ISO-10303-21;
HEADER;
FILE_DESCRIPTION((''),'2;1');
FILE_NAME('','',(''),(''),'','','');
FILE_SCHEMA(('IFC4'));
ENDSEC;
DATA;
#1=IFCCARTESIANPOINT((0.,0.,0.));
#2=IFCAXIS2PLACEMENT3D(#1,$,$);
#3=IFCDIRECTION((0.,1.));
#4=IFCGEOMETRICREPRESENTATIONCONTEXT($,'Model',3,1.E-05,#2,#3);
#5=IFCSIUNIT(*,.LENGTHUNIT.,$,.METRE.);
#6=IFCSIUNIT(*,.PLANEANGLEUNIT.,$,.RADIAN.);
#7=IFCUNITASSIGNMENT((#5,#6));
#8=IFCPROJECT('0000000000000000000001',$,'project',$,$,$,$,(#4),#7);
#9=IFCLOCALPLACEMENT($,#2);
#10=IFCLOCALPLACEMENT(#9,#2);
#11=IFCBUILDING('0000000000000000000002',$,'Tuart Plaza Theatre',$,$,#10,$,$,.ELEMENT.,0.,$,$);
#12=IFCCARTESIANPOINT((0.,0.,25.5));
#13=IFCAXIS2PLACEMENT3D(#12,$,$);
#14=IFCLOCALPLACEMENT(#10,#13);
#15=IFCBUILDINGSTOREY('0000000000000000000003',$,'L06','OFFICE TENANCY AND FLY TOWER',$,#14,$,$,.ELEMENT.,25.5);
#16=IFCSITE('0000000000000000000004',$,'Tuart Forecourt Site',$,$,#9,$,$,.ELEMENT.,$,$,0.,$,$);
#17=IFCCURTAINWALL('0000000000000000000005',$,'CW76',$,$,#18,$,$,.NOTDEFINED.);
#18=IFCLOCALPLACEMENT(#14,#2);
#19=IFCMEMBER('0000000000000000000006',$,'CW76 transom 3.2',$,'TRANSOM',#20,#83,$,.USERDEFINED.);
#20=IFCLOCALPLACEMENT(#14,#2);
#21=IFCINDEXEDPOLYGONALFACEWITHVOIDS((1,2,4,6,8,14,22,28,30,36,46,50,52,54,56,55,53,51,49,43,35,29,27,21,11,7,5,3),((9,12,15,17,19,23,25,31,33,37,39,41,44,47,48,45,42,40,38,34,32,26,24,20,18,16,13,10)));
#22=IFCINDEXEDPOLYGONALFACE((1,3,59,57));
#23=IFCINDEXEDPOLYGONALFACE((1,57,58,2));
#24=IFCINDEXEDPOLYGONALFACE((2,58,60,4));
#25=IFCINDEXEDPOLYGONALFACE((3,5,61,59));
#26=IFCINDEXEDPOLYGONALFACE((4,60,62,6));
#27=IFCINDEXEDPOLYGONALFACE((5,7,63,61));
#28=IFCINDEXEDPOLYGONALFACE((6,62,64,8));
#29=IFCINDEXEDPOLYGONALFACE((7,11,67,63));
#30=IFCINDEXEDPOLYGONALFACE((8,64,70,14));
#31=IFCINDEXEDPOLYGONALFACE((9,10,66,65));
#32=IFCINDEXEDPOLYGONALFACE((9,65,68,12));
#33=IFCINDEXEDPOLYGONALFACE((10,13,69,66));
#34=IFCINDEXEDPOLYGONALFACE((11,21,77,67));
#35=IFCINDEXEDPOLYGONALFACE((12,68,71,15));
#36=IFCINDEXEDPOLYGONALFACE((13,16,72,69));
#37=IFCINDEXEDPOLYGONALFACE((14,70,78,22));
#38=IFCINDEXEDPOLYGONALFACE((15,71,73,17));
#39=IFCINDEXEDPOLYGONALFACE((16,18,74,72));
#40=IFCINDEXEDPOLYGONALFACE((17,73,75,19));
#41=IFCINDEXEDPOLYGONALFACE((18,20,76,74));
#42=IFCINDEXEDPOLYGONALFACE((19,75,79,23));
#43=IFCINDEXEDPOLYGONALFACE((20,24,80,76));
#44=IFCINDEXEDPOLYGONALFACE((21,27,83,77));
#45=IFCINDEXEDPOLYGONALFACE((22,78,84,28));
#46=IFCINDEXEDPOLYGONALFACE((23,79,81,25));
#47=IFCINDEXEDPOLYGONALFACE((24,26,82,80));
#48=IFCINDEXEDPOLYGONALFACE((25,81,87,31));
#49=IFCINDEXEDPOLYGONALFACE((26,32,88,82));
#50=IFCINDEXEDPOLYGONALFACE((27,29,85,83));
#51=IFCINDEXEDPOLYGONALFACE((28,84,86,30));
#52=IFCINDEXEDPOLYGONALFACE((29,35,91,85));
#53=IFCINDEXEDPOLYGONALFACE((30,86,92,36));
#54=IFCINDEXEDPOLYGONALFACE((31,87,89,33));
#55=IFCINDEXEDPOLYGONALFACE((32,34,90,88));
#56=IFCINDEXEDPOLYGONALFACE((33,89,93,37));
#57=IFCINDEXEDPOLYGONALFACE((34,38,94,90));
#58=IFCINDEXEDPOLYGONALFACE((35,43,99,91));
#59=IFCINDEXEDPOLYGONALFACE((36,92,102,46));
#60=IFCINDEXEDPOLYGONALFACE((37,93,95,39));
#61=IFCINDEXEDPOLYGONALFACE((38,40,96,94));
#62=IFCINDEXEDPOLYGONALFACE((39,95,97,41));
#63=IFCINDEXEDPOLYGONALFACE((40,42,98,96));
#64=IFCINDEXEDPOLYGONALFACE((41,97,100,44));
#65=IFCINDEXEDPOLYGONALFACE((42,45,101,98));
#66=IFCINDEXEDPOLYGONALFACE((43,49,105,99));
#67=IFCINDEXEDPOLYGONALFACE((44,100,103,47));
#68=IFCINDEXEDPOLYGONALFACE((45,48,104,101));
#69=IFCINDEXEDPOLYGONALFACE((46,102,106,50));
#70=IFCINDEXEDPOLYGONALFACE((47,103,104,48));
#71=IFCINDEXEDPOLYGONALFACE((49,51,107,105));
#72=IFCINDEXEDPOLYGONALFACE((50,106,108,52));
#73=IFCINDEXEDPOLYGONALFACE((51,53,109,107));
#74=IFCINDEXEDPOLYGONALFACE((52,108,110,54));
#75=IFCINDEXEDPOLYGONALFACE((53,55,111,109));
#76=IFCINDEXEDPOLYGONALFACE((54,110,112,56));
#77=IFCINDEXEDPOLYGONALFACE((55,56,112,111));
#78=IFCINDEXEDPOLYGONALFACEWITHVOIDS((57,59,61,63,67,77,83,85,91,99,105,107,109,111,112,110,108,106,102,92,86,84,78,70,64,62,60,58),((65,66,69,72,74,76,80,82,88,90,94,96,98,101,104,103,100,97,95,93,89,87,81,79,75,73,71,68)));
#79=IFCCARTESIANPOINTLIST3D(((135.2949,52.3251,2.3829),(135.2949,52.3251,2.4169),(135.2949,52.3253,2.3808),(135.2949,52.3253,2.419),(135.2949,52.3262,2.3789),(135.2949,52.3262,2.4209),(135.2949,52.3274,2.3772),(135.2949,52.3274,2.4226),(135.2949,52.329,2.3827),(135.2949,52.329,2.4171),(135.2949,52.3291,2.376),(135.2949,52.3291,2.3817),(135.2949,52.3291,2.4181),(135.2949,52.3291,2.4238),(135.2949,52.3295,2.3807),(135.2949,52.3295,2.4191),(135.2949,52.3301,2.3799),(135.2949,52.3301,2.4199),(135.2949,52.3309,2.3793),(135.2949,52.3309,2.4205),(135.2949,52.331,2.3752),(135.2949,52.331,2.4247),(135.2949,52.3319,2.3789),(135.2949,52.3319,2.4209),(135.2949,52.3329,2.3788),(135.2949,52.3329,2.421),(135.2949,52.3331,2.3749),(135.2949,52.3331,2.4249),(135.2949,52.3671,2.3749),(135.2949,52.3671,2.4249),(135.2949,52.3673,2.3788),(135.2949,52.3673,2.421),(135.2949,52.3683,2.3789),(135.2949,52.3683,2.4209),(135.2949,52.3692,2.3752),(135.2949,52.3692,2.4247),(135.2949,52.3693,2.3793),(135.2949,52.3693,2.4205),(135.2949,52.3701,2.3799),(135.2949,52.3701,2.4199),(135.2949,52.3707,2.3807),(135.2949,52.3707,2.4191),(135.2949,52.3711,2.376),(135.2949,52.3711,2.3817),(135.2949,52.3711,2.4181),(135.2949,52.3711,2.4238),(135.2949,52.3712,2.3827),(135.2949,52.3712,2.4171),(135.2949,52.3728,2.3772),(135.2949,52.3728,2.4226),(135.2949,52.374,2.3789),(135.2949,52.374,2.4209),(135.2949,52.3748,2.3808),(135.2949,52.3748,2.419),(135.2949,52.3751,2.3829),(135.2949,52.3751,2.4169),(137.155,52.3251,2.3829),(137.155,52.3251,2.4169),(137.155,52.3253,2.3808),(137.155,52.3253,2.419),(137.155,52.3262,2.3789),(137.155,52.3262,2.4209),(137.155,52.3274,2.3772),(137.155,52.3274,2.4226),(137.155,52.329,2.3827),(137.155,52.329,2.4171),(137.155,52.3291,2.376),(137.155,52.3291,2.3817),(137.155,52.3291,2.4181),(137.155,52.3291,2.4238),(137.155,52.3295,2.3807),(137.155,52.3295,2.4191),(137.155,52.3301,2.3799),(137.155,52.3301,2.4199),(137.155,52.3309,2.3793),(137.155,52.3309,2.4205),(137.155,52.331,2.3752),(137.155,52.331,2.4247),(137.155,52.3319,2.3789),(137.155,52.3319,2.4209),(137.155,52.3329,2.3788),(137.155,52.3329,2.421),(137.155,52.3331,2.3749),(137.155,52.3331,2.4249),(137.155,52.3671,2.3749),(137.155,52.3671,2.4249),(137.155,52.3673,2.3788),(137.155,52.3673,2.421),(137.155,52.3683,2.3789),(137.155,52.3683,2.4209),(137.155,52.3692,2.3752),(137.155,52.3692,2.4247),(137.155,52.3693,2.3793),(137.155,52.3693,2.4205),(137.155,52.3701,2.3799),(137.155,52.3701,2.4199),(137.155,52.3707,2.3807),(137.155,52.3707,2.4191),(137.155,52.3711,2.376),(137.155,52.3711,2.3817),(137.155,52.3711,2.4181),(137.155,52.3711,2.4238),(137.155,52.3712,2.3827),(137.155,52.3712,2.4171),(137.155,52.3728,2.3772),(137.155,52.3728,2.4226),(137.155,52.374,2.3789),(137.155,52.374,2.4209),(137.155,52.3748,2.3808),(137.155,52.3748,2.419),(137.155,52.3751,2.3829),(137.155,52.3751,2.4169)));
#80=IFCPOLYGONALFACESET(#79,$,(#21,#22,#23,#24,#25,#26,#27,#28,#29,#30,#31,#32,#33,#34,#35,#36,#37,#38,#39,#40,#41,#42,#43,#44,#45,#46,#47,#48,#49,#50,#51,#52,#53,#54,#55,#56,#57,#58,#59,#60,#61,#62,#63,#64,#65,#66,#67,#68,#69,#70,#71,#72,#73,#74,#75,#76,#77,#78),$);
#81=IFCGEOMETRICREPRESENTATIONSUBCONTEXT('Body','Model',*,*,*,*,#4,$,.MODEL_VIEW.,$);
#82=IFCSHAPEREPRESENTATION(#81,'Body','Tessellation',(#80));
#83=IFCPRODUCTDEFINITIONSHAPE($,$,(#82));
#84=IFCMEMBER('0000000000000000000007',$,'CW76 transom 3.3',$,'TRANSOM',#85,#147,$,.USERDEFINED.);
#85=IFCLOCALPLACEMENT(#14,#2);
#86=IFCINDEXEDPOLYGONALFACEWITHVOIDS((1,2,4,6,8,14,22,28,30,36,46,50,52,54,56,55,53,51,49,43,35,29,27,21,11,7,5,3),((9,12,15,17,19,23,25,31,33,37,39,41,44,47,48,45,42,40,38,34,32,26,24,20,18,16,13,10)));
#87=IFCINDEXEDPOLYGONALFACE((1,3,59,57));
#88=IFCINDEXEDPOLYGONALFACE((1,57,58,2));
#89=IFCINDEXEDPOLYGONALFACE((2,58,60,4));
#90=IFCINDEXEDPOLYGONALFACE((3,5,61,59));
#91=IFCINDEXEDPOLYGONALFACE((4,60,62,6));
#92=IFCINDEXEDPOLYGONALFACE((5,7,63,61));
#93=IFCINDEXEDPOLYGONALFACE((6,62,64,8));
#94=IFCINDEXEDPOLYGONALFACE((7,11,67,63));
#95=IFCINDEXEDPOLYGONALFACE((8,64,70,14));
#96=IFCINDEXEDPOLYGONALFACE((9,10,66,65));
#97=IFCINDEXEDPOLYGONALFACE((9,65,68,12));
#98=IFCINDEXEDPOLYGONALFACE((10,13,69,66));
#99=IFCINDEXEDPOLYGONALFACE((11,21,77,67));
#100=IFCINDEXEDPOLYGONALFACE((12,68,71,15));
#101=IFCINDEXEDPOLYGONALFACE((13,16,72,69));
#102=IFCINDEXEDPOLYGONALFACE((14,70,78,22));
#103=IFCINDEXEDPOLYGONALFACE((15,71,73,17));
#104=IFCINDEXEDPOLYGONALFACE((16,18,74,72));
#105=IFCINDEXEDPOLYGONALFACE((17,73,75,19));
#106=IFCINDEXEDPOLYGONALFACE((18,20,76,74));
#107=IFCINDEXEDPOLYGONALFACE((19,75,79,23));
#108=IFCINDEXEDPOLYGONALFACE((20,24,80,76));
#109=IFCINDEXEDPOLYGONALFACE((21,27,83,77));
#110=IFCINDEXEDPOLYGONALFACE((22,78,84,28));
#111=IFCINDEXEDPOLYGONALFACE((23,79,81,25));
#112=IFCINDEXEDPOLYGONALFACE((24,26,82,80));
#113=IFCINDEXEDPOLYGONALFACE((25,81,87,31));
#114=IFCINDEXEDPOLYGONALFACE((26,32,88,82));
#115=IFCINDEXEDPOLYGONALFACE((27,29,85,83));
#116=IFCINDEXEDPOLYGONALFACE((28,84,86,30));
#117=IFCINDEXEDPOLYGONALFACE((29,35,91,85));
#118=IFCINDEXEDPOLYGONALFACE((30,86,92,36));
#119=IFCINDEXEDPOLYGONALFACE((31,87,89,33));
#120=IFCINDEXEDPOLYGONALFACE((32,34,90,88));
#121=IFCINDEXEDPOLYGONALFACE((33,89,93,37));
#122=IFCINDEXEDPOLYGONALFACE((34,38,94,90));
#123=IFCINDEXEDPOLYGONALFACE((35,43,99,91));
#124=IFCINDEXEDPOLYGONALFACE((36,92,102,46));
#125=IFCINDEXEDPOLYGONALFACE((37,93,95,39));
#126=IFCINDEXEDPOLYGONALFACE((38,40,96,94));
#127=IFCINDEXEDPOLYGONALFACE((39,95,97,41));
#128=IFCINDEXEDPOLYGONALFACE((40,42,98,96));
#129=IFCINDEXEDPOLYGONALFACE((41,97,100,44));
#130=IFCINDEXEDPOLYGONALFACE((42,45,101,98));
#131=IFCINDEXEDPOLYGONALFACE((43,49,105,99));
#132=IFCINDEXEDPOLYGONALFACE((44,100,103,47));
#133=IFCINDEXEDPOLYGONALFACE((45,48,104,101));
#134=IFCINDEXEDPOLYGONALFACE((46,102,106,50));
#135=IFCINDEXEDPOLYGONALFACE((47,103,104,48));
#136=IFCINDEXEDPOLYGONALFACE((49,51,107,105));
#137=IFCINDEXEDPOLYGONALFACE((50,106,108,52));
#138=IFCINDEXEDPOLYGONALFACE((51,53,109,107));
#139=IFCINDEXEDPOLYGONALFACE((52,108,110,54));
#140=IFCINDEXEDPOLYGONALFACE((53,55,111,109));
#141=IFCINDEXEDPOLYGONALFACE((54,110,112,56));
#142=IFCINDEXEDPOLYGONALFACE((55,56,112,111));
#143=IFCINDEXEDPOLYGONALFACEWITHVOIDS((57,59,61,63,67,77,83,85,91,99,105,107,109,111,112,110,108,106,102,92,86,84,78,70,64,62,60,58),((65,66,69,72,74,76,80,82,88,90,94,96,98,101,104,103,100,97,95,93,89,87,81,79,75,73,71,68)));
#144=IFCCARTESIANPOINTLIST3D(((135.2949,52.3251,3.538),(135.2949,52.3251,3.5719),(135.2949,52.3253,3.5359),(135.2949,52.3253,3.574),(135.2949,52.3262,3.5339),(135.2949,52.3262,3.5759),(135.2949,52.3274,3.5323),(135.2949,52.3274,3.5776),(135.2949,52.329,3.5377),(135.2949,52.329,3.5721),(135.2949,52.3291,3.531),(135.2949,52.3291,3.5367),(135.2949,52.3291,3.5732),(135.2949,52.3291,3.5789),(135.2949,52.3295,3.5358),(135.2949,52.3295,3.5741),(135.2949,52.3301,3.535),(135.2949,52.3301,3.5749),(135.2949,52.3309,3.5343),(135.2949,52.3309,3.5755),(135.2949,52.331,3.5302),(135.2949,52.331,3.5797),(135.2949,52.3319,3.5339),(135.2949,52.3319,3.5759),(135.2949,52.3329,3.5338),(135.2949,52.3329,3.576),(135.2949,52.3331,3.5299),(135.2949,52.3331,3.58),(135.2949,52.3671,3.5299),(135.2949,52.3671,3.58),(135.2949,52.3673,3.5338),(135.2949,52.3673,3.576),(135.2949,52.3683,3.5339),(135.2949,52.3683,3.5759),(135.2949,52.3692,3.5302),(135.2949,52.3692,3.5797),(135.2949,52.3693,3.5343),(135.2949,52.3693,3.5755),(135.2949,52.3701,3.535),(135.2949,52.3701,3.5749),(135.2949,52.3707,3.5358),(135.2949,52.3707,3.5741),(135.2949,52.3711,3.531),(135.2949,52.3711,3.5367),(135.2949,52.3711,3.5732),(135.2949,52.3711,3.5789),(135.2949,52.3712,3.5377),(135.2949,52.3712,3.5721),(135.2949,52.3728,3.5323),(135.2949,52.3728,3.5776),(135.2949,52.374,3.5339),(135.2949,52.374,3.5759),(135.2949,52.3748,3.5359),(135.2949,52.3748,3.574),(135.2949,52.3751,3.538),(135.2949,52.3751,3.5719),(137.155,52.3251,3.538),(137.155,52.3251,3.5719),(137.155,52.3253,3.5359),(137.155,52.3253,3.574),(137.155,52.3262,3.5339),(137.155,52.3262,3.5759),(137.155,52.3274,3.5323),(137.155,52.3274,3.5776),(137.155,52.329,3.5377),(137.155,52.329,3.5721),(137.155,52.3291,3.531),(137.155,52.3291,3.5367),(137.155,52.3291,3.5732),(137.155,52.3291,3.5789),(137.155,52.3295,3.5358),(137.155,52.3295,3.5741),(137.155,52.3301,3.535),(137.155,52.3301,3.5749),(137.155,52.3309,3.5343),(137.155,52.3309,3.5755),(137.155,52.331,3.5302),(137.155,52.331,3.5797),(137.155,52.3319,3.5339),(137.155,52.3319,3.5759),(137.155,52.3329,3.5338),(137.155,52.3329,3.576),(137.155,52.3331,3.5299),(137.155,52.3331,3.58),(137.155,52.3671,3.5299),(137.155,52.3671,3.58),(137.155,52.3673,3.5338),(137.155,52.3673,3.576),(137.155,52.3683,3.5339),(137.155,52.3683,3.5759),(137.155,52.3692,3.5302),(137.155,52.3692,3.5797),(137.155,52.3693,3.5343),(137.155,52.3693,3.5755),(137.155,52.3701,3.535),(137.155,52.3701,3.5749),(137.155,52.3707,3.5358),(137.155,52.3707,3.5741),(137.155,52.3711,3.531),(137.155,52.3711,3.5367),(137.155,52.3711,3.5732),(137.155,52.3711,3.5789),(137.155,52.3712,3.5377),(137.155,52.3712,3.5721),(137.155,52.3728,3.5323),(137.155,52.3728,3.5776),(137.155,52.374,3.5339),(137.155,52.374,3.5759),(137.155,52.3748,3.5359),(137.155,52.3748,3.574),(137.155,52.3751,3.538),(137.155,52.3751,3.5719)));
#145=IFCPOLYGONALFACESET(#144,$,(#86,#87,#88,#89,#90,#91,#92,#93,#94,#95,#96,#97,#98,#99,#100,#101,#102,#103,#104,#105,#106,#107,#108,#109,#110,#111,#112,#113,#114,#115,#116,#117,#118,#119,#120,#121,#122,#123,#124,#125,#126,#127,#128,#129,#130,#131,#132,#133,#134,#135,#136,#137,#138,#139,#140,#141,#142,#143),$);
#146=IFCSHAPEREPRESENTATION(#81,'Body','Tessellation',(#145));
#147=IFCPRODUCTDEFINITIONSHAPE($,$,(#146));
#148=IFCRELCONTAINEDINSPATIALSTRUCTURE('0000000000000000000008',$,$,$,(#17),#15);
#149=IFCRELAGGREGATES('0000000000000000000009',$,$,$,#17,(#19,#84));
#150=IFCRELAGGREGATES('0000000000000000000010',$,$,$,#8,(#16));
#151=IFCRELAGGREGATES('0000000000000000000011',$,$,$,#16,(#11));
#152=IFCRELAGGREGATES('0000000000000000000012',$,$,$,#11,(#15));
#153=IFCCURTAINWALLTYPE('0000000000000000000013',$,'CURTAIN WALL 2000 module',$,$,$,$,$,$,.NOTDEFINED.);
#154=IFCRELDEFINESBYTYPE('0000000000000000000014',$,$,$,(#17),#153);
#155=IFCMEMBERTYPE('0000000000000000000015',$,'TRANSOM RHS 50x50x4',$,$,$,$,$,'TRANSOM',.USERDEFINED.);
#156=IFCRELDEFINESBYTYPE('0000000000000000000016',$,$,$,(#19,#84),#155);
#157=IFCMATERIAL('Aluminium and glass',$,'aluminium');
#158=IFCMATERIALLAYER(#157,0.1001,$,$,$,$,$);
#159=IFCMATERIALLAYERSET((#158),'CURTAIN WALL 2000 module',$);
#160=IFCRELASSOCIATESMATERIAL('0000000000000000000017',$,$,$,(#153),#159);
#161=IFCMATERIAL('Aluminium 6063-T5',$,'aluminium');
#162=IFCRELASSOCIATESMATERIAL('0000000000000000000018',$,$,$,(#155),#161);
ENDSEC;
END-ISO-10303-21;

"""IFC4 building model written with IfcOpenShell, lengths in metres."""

from ifc_helpers import new_model, si_unit, direction, frame, origin, origin_2d, place, context, subcontext, project, spatial, hollow_rectangle, extrude, material, layer, layer_set, material_profile, profile_set, type_object, element, aggregate, save


model = new_model("IFC4")

# Units and contexts
model_context = context("Model", 3, precision=1e-05, world=origin(), true_north=direction((0.0, 1.0)))
body_context = subcontext(model_context, "Body", "Model", "MODEL_VIEW")
ifc_project = project(units=[si_unit("LENGTHUNIT", "METRE"), si_unit("PLANEANGLEUNIT", "RADIAN")], contexts=[model_context])

# Site, building, storey
site_placement = place(None, origin())
site = spatial("IfcSite", under=ifc_project, at=site_placement, Name="Tuart Forecourt Site", CompositionType="ELEMENT", RefElevation=0.0)
building_placement = place(site_placement, origin())
building = spatial("IfcBuilding", under=site, at=building_placement, Name="Tuart Plaza Theatre", CompositionType="ELEMENT", ElevationOfRefHeight=0.0)
storey_placement = place(building_placement, frame((0.0, 0.0, 25.5)))
storey = spatial("IfcBuildingStorey", under=building, at=storey_placement, Name="L06", Description="OFFICE TENANCY AND FLY TOWER", CompositionType="ELEMENT", Elevation=25.5)

# Curtain wall, members
ifc_material_1 = material(Name="Aluminium and glass", Category="aluminium")
ifc_layer_1 = layer(ifc_material_1, 0.1001)
ifc_layer_set_1 = layer_set([ifc_layer_1], Name="CURTAIN WALL 2000 module")
curtain_wall_type = type_object("IfcCurtainWallType", Name="CURTAIN WALL 2000 module", PredefinedType="NOTDEFINED", material=ifc_layer_set_1)
curtain_wall_placement = place(storey_placement, origin())
curtain_wall = element("IfcCurtainWall", 1, at=curtain_wall_placement, inside=storey, type_object=curtain_wall_type, Name="CW76", PredefinedType="NOTDEFINED")
ifc_material_2 = material(Name="Aluminium 6063-T5", Category="aluminium")
ifc_material_profile_1 = material_profile(ifc_material_2, hollow_rectangle(XDim=0.05, YDim=0.05, WallThickness=0.0039, InnerFilletRadius=0.0039, OuterFilletRadius=0.0081, at=origin_2d()), Name="RHS 50x50x4")
ifc_profile_set_1 = profile_set([ifc_material_profile_1], Name="Aluminium 6063-T5")
member_type_1 = type_object("IfcMemberType", Name="TRANSOM RHS 50x50x4", ElementType="TRANSOM", PredefinedType="USERDEFINED", material=ifc_profile_set_1)
member_1_placement = place(storey_placement, frame((135.2949, 52.3501, 2.3999), z_axis=(1.0, 0.0, 0.0), x_axis=(0.0, 1.0, 0.0)))
member_1 = element("IfcMember", 2, at=member_1_placement, type_object=member_type_1, Name="CW76 transom 3.2", ObjectType="TRANSOM", PredefinedType="USERDEFINED", context=body_context, shape_type="SweptSolid", body=[
    extrude(hollow_rectangle(XDim=0.05, YDim=0.05, WallThickness=0.0039, InnerFilletRadius=0.0039, OuterFilletRadius=0.0081, at=origin_2d()), origin(), (0.0, 0.0, 1.0), 1.8601),
])
member_2_placement = place(storey_placement, frame((135.2949, 52.3501, 3.5549), z_axis=(1.0, 0.0, 0.0), x_axis=(0.0, 1.0, 0.0)))
member_2 = element("IfcMember", 3, at=member_2_placement, type_object=member_type_1, Name="CW76 transom 3.3", ObjectType="TRANSOM", PredefinedType="USERDEFINED", context=body_context, shape_type="SweptSolid", body=[
    extrude(hollow_rectangle(XDim=0.05, YDim=0.05, WallThickness=0.0039, InnerFilletRadius=0.0039, OuterFilletRadius=0.0081, at=origin_2d()), origin(), (0.0, 0.0, 1.0), 1.8601),
])
aggregate(curtain_wall, [member_1, member_2])

save(model, "model.ifc")
